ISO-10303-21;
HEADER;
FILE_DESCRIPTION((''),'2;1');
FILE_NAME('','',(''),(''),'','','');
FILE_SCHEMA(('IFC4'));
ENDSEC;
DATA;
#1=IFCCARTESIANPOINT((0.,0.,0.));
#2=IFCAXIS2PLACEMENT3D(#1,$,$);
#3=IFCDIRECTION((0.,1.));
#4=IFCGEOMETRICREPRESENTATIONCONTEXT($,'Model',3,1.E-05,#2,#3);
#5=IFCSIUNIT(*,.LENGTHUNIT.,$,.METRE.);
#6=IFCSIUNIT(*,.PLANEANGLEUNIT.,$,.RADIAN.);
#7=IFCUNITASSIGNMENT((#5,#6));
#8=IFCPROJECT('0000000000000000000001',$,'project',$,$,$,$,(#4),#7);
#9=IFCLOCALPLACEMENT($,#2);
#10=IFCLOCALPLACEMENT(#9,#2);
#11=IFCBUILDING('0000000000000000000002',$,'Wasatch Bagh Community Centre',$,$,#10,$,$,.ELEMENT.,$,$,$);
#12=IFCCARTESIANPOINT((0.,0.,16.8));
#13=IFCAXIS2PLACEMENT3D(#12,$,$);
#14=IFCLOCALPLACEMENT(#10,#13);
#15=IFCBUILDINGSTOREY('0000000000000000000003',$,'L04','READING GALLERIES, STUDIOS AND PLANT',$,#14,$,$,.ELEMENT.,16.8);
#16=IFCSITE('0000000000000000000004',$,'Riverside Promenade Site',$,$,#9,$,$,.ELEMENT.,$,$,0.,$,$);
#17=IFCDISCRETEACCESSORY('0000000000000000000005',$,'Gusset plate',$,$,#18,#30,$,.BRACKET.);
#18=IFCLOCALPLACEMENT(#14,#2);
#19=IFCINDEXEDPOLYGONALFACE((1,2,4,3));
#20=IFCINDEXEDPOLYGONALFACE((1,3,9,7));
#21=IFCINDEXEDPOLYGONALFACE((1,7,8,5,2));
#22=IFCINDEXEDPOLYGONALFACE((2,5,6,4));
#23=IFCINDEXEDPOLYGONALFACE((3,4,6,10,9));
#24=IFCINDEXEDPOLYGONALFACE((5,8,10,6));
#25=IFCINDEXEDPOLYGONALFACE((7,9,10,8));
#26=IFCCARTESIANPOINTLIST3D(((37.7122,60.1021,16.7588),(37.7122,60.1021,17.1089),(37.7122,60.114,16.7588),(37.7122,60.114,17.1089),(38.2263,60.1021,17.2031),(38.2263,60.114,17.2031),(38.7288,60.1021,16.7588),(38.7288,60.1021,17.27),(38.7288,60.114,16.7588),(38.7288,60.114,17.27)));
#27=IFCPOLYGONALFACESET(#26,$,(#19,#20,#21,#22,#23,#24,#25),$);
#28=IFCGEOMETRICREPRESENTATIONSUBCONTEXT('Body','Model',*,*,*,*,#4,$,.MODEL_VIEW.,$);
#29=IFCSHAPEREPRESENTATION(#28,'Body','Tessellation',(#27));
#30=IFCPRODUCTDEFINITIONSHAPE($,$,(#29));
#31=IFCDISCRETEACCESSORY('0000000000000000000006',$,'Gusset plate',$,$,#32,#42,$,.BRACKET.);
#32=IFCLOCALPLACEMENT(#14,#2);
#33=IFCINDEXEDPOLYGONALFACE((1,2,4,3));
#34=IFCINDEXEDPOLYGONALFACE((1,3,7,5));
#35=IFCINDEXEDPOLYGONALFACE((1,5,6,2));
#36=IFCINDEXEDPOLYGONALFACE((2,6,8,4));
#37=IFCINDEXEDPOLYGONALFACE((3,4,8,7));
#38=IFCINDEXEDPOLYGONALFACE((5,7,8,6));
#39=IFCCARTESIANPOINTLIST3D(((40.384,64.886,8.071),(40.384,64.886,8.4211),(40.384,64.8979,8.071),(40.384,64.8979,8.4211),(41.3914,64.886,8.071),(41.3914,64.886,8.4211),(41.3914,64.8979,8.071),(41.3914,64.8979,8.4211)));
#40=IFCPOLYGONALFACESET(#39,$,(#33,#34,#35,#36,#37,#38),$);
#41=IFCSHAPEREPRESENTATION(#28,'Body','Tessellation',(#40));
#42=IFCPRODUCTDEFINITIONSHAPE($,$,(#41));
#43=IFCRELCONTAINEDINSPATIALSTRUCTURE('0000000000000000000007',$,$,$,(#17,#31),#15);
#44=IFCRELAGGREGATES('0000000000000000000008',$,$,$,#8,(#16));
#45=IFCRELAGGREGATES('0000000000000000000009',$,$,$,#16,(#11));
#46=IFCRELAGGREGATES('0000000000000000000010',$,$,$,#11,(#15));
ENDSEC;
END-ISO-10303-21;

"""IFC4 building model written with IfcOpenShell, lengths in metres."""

from ifc_helpers import new_model, si_unit, direction, frame, origin, place, context, subcontext, project, spatial, polyline, outline, extrude, element, save


model = new_model("IFC4")

# Units and contexts
model_context = context("Model", 3, precision=1e-05, world=origin(), true_north=direction((0.0, 1.0)))
body_context = subcontext(model_context, "Body", "Model", "MODEL_VIEW")
ifc_project = project(units=[si_unit("LENGTHUNIT", "METRE"), si_unit("PLANEANGLEUNIT", "RADIAN")], contexts=[model_context])

# Site, building, storey
site_placement = place(None, origin())
site = spatial("IfcSite", under=ifc_project, at=site_placement, Name="Riverside Promenade Site", CompositionType="ELEMENT", RefElevation=0.0)
building_placement = place(site_placement, origin())
building = spatial("IfcBuilding", under=site, at=building_placement, Name="Wasatch Bagh Community Centre", CompositionType="ELEMENT")
storey_placement = place(building_placement, frame((0.0, 0.0, 16.8)))
storey = spatial("IfcBuildingStorey", under=building, at=storey_placement, Name="L04", Description="READING GALLERIES, STUDIOS AND PLANT", CompositionType="ELEMENT", Elevation=16.8)

# Discrete accessories
discrete_accessory_1_placement = place(storey_placement, frame((37.7122, 60.114, 17.1089), z_axis=(0.0, 1.0, 0.0), x_axis=(0.983615, 0.0, 0.180283)))
element("IfcDiscreteAccessory", 1, at=discrete_accessory_1_placement, inside=storey, Name="Gusset plate", PredefinedType="BRACKET", context=body_context, shape_type="SweptSolid", body=[
    extrude(outline(polyline([(0.0, 0.0), (0.5227, 0.0), (1.029, 0.0248), (0.9368, 0.5276), (-0.0631, 0.3444), (0.0, 0.0)])), origin(), (0.0, 0.0, -1.0), 0.012),
])
discrete_accessory_2_placement = place(storey_placement, frame((40.384, 64.886, 8.071), z_axis=(0.0, -1.0, 0.0), x_axis=(1.0, 0.0, 0.0)))
element("IfcDiscreteAccessory", 2, at=discrete_accessory_2_placement, inside=storey, Name="Gusset plate", PredefinedType="BRACKET", context=body_context, shape_type="SweptSolid", body=[
    extrude(outline(polyline([(0.0, 0.0), (1.0073, 0.0), (1.0073, 0.3501), (0.0, 0.3501), (0.0, 0.0)])), origin(), (0.0, 0.0, -1.0), 0.012),
])

save(model, "model.ifc")
